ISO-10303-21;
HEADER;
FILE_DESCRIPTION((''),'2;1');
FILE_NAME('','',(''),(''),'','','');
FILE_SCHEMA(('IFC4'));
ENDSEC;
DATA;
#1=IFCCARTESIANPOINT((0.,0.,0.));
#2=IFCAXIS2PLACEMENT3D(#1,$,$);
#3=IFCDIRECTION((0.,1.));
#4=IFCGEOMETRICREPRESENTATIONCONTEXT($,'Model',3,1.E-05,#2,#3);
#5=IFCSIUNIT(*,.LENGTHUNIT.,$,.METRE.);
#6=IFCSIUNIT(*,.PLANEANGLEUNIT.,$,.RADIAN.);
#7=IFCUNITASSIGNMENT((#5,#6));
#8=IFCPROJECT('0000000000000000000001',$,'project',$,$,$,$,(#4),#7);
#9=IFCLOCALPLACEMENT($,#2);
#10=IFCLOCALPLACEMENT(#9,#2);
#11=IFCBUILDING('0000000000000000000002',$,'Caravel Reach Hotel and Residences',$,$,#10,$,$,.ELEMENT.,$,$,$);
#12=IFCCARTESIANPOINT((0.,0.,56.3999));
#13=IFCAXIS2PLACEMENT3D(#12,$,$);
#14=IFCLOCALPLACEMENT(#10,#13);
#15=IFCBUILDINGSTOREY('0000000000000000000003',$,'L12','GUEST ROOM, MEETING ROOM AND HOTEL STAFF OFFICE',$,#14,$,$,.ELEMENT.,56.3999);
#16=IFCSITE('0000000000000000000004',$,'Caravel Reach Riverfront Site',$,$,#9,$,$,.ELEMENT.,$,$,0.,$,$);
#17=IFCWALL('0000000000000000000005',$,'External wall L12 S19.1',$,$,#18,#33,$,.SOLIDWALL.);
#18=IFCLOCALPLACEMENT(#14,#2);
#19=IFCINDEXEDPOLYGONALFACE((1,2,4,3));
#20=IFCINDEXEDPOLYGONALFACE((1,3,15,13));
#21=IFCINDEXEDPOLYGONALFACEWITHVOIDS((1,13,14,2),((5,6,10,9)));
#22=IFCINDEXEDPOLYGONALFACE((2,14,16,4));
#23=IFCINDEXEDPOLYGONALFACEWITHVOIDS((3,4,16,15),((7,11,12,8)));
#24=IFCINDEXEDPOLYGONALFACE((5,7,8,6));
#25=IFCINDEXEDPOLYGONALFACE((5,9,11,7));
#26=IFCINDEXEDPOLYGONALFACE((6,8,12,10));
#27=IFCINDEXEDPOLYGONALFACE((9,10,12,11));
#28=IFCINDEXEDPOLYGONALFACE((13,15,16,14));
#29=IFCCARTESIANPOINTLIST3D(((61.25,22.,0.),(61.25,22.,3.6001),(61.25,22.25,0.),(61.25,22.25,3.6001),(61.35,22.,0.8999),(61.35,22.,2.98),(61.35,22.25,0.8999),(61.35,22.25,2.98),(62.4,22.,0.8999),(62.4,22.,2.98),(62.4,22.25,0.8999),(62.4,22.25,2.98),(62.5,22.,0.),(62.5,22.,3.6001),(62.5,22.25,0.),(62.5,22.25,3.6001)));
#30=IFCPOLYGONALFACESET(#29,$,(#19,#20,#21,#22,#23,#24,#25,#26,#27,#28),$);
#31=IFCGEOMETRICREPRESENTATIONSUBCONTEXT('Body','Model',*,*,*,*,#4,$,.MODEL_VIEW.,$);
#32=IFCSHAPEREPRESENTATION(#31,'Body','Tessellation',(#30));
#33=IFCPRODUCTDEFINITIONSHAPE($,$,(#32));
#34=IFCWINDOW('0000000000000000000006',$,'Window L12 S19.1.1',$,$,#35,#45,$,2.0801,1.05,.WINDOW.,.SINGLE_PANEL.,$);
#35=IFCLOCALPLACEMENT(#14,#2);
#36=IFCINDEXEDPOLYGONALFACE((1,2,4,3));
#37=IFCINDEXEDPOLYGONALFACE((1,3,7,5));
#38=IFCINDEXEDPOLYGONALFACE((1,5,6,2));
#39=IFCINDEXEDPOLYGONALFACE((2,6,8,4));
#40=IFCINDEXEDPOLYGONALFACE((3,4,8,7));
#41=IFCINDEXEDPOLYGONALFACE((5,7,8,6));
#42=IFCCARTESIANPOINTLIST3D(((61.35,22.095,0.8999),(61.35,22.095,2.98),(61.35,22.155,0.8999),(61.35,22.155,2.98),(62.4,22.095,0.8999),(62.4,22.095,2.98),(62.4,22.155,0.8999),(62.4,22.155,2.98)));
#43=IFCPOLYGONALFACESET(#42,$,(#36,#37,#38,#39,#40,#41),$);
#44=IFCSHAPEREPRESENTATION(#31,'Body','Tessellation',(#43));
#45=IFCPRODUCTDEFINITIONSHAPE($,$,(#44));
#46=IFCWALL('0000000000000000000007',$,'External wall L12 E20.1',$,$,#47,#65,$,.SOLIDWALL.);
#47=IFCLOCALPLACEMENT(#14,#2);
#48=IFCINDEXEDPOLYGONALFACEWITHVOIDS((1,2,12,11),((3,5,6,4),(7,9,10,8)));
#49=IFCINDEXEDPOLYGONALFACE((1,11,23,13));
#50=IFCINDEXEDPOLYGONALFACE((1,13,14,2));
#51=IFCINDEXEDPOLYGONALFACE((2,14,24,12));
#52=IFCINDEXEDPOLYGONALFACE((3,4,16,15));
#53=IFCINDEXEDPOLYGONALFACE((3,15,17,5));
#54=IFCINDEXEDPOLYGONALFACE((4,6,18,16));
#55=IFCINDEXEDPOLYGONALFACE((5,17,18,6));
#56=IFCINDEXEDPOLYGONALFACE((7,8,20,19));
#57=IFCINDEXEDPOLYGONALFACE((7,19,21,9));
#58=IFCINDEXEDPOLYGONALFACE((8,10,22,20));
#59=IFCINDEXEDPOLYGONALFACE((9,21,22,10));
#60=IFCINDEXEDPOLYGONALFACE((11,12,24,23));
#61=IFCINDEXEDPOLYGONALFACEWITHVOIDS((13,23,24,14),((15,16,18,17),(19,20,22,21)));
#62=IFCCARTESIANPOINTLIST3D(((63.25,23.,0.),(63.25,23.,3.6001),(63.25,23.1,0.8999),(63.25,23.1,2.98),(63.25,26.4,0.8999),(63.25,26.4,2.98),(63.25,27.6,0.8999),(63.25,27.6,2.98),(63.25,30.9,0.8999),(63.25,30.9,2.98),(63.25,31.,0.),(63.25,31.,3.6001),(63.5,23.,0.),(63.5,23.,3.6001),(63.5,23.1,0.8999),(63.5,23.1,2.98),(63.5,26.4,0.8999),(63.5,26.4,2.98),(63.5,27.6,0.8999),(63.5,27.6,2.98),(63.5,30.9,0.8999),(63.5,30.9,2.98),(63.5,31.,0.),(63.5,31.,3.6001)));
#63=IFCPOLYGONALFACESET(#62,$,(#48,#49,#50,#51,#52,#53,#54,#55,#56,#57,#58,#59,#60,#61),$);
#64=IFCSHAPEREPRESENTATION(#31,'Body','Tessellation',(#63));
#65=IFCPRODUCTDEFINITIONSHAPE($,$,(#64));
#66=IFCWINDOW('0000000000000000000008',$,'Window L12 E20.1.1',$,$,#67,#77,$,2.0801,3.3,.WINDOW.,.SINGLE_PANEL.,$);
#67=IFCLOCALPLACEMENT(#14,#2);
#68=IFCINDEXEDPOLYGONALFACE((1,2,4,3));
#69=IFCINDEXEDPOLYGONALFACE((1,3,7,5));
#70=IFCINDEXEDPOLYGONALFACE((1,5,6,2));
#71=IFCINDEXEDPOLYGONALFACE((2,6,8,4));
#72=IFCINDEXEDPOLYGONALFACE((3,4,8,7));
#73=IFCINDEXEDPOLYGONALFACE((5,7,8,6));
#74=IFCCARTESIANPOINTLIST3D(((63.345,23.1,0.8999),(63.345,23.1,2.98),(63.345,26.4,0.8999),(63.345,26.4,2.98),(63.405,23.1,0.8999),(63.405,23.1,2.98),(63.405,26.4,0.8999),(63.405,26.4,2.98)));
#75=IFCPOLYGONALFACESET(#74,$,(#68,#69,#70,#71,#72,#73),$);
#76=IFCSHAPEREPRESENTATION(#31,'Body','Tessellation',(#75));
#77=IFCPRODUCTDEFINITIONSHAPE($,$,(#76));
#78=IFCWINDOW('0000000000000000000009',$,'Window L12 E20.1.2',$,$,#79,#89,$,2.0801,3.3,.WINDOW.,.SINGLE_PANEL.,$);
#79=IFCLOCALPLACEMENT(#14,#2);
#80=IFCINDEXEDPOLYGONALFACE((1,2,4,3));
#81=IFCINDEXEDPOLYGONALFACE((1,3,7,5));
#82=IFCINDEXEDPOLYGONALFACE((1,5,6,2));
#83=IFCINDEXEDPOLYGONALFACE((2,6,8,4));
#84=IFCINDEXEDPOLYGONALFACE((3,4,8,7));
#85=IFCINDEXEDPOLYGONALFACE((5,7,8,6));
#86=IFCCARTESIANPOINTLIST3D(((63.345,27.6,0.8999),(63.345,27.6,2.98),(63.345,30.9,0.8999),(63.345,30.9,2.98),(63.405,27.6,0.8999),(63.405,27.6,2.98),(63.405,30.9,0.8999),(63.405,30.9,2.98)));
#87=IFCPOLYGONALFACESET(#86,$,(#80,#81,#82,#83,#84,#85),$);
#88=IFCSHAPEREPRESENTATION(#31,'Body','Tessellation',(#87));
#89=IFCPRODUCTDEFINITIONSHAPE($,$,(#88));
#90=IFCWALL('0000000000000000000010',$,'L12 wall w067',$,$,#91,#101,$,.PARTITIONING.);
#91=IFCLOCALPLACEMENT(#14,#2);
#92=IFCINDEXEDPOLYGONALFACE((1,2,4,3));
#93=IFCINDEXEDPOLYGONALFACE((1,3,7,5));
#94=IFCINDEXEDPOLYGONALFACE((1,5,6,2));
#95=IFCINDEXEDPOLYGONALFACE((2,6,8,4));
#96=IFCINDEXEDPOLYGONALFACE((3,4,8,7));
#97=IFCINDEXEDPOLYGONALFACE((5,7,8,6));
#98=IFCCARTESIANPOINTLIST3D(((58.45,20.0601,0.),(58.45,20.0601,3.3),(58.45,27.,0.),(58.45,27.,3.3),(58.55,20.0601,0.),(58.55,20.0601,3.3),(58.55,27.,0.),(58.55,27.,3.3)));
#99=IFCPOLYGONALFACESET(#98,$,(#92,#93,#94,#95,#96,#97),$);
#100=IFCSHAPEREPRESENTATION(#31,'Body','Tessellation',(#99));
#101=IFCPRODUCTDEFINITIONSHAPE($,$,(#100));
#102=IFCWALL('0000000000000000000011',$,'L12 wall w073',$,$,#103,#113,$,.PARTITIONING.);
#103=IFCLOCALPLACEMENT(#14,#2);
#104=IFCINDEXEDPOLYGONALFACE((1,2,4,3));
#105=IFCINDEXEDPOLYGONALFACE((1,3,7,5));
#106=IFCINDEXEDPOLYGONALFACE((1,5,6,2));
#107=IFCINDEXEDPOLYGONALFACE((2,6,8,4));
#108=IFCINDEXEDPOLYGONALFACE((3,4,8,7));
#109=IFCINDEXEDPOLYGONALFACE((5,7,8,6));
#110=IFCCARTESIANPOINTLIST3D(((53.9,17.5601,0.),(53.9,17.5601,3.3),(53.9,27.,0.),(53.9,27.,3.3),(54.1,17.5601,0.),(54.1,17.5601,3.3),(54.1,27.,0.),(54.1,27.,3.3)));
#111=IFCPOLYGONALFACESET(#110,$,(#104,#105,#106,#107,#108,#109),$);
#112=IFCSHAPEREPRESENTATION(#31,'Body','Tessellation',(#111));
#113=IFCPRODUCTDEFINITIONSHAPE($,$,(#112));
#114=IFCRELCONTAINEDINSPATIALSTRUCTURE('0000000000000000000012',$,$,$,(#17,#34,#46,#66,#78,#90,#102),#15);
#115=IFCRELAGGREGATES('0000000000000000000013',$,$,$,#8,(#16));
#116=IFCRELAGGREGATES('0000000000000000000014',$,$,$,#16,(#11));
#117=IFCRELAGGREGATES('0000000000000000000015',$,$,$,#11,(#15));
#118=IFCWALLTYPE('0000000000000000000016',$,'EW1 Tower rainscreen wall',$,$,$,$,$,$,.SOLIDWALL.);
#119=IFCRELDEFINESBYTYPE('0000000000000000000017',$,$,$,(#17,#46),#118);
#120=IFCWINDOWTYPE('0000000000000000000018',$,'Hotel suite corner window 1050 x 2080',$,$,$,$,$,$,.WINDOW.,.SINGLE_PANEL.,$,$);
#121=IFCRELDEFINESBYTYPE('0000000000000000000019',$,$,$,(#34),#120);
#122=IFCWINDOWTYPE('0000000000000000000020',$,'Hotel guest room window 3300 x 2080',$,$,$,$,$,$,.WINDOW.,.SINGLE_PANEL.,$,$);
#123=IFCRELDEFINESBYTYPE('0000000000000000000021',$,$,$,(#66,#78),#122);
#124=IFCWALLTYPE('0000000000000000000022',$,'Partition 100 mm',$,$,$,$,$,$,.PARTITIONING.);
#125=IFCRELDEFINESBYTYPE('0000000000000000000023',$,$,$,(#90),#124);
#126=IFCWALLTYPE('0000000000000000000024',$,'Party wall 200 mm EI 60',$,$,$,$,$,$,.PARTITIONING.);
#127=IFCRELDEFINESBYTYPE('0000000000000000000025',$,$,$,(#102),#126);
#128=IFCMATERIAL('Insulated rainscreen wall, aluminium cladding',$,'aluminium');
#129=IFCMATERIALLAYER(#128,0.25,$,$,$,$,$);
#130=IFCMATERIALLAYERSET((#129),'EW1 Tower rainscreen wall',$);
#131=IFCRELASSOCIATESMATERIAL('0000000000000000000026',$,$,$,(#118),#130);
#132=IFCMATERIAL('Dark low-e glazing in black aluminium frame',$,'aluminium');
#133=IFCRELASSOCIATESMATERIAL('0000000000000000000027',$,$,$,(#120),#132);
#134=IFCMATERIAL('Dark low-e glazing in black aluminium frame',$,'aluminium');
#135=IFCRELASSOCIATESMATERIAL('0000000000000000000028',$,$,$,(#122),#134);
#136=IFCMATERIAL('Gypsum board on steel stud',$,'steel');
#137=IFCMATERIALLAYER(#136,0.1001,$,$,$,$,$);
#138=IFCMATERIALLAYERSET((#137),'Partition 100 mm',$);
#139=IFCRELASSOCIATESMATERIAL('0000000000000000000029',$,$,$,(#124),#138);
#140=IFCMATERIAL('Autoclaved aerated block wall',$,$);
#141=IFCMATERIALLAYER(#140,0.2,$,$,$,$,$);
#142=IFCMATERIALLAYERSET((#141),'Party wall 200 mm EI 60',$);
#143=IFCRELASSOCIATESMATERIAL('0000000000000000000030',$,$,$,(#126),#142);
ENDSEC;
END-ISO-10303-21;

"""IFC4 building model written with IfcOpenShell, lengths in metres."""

from ifc_helpers import new_model, si_unit, direction, frame, frame_2d, origin, place, context, subcontext, project, spatial, rectangle, extrude, material, layer, layer_set, type_object, element, fill, save


model = new_model("IFC4")

# Units and contexts
model_context = context("Model", 3, precision=1e-05, world=origin(), true_north=direction((0.0, 1.0)))
body_context = subcontext(model_context, "Body", "Model", "MODEL_VIEW")
ifc_project = project(units=[si_unit("LENGTHUNIT", "METRE"), si_unit("PLANEANGLEUNIT", "RADIAN")], contexts=[model_context])

# Site, building, storey
site_placement = place(None, origin())
site = spatial("IfcSite", under=ifc_project, at=site_placement, Name="Caravel Reach Riverfront Site", CompositionType="ELEMENT", RefElevation=0.0)
building_placement = place(site_placement, origin())
building = spatial("IfcBuilding", under=site, at=building_placement, Name="Caravel Reach Hotel and Residences", CompositionType="ELEMENT")
storey_placement = place(building_placement, frame((0.0, 0.0, 56.3999)))
storey = spatial("IfcBuildingStorey", under=building, at=storey_placement, Name="L12", Description="GUEST ROOM, MEETING ROOM AND HOTEL STAFF OFFICE", CompositionType="ELEMENT", Elevation=56.3999)

# Wall, opening, window
ifc_material_1 = material(Name="Insulated rainscreen wall, aluminium cladding", Category="aluminium")
ifc_layer_1 = layer(ifc_material_1, 0.25)
ifc_layer_set_1 = layer_set([ifc_layer_1], Name="EW1 Tower rainscreen wall")
wall_type_1 = type_object("IfcWallType", Name="EW1 Tower rainscreen wall", PredefinedType="SOLIDWALL", material=ifc_layer_set_1)
ifc_material_2 = material(Name="Dark low-e glazing in black aluminium frame", Category="aluminium")
window_type_1 = type_object("IfcWindowType", Name="Hotel suite corner window 1050 x 2080", PartitioningType="SINGLE_PANEL", PredefinedType="WINDOW", material=ifc_material_2)
wall_1_placement = place(storey_placement, frame((61.25, 22.125, 0.0), z_axis=(0.0, 0.0, 1.0), x_axis=(1.0, 0.0, 0.0)))
wall_1 = element("IfcWall", 1, at=wall_1_placement, inside=storey, type_object=wall_type_1, Name="External wall L12 S19.1", PredefinedType="SOLIDWALL", context=body_context, shape_type="SweptSolid", body=[
    extrude(rectangle(XDim=1.25, YDim=0.25, at=frame_2d((0.625, 0.0))), origin(), (0.0, 0.0, 1.0), 3.6001),
])
opening_1_placement = place(wall_1_placement, frame((0.1001, 0.0, 0.8999)))
opening_1 = element("IfcOpeningElement", 2, at=opening_1_placement, cuts=wall_1, PredefinedType="OPENING", context=body_context, shape_type="SweptSolid", body=[
    extrude(rectangle(XDim=1.05, YDim=2.0801, at=frame_2d((0.5249, 1.04))), frame((0.0, 0.135, 0.0), z_axis=(0.0, -1.0, 0.0), x_axis=(1.0, 0.0, 0.0)), (0.0, 0.0, 1.0), 0.27),
])
window_1_placement = place(opening_1_placement, origin())
window_1 = element("IfcWindow", 3, at=window_1_placement, inside=storey, type_object=window_type_1, Name="Window L12 S19.1.1", OverallHeight=2.0801, OverallWidth=1.05, PartitioningType="SINGLE_PANEL", PredefinedType="WINDOW", context=body_context, shape_type="SweptSolid", body=[
    extrude(rectangle(XDim=1.05, YDim=2.0801, at=frame_2d((0.5249, 1.04))), frame((0.0, 0.03, 0.0), z_axis=(0.0, -1.0, 0.0), x_axis=(1.0, 0.0, 0.0)), (0.0, 0.0, 1.0), 0.0601),
])
fill(opening_1, window_1)

# Wall, openings, windows
wall_2_placement = place(storey_placement, frame((63.375, 23.0, 0.0), z_axis=(0.0, 0.0, 1.0), x_axis=(0.0, 1.0, 0.0)))
wall_2 = element("IfcWall", 4, at=wall_2_placement, inside=storey, type_object=wall_type_1, Name="External wall L12 E20.1", PredefinedType="SOLIDWALL", context=body_context, shape_type="SweptSolid", body=[
    extrude(rectangle(XDim=8.0, YDim=0.25, at=frame_2d((4.0, 0.0))), origin(), (0.0, 0.0, 1.0), 3.6001),
])
opening_2_placement = place(wall_2_placement, frame((0.1001, 0.0, 0.8999)))
opening_2 = element("IfcOpeningElement", 5, at=opening_2_placement, cuts=wall_2, PredefinedType="OPENING", context=body_context, shape_type="SweptSolid", body=[
    extrude(rectangle(XDim=3.3, YDim=2.0801, at=frame_2d((1.6499, 1.04))), frame((0.0, 0.135, 0.0), z_axis=(0.0, -1.0, 0.0), x_axis=(1.0, 0.0, 0.0)), (0.0, 0.0, 1.0), 0.27),
])
opening_3_placement = place(wall_2_placement, frame((4.6001, 0.0, 0.8999)))
opening_3 = element("IfcOpeningElement", 6, at=opening_3_placement, cuts=wall_2, PredefinedType="OPENING", context=body_context, shape_type="SweptSolid", body=[
    extrude(rectangle(XDim=3.3, YDim=2.0801, at=frame_2d((1.6499, 1.04))), frame((0.0, 0.135, 0.0), z_axis=(0.0, -1.0, 0.0), x_axis=(1.0, 0.0, 0.0)), (0.0, 0.0, 1.0), 0.27),
])
ifc_material_3 = material(Name="Dark low-e glazing in black aluminium frame", Category="aluminium")
window_type_2 = type_object("IfcWindowType", Name="Hotel guest room window 3300 x 2080", PartitioningType="SINGLE_PANEL", PredefinedType="WINDOW", material=ifc_material_3)
window_2_placement = place(opening_2_placement, origin())
window_2 = element("IfcWindow", 7, at=window_2_placement, inside=storey, type_object=window_type_2, Name="Window L12 E20.1.1", OverallHeight=2.0801, OverallWidth=3.3, PartitioningType="SINGLE_PANEL", PredefinedType="WINDOW", context=body_context, shape_type="SweptSolid", body=[
    extrude(rectangle(XDim=3.3, YDim=2.0801, at=frame_2d((1.6499, 1.04))), frame((0.0, 0.03, 0.0), z_axis=(0.0, -1.0, 0.0), x_axis=(1.0, 0.0, 0.0)), (0.0, 0.0, 1.0), 0.0601),
])
fill(opening_2, window_2)
window_3_placement = place(opening_3_placement, origin())
window_3 = element("IfcWindow", 8, at=window_3_placement, inside=storey, type_object=window_type_2, Name="Window L12 E20.1.2", OverallHeight=2.0801, OverallWidth=3.3, PartitioningType="SINGLE_PANEL", PredefinedType="WINDOW", context=body_context, shape_type="SweptSolid", body=[
    extrude(rectangle(XDim=3.3, YDim=2.0801, at=frame_2d((1.6499, 1.04))), frame((0.0, 0.03, 0.0), z_axis=(0.0, -1.0, 0.0), x_axis=(1.0, 0.0, 0.0)), (0.0, 0.0, 1.0), 0.0601),
])
fill(opening_3, window_3)

# Walls
ifc_material_4 = material(Name="Gypsum board on steel stud", Category="steel")
ifc_layer_2 = layer(ifc_material_4, 0.1001)
ifc_layer_set_2 = layer_set([ifc_layer_2], Name="Partition 100 mm")
wall_type_2 = type_object("IfcWallType", Name="Partition 100 mm", PredefinedType="PARTITIONING", material=ifc_layer_set_2)
wall_3_placement = place(storey_placement, frame((58.5, 20.0601, 0.0), z_axis=(0.0, 0.0, 1.0), x_axis=(0.0, 1.0, 0.0)))
element("IfcWall", 9, at=wall_3_placement, inside=storey, type_object=wall_type_2, Name="L12 wall w067", PredefinedType="PARTITIONING", context=body_context, shape_type="SweptSolid", body=[
    extrude(rectangle(XDim=6.9399, YDim=0.1001, at=frame_2d((3.47, 0.0))), origin(), (0.0, 0.0, 1.0), 3.3),
])
ifc_material_5 = material(Name="Autoclaved aerated block wall")
ifc_layer_3 = layer(ifc_material_5, 0.2)
ifc_layer_set_3 = layer_set([ifc_layer_3], Name="Party wall 200 mm EI 60")
wall_type_3 = type_object("IfcWallType", Name="Party wall 200 mm EI 60", PredefinedType="PARTITIONING", material=ifc_layer_set_3)
wall_4_placement = place(storey_placement, frame((54.0, 17.5601, 0.0), z_axis=(0.0, 0.0, 1.0), x_axis=(0.0, 1.0, 0.0)))
element("IfcWall", 10, at=wall_4_placement, inside=storey, type_object=wall_type_3, Name="L12 wall w073", PredefinedType="PARTITIONING", context=body_context, shape_type="SweptSolid", body=[
    extrude(rectangle(XDim=9.4399, YDim=0.2, at=frame_2d((4.72, 0.0))), origin(), (0.0, 0.0, 1.0), 3.3),
])

save(model, "model.ifc")
